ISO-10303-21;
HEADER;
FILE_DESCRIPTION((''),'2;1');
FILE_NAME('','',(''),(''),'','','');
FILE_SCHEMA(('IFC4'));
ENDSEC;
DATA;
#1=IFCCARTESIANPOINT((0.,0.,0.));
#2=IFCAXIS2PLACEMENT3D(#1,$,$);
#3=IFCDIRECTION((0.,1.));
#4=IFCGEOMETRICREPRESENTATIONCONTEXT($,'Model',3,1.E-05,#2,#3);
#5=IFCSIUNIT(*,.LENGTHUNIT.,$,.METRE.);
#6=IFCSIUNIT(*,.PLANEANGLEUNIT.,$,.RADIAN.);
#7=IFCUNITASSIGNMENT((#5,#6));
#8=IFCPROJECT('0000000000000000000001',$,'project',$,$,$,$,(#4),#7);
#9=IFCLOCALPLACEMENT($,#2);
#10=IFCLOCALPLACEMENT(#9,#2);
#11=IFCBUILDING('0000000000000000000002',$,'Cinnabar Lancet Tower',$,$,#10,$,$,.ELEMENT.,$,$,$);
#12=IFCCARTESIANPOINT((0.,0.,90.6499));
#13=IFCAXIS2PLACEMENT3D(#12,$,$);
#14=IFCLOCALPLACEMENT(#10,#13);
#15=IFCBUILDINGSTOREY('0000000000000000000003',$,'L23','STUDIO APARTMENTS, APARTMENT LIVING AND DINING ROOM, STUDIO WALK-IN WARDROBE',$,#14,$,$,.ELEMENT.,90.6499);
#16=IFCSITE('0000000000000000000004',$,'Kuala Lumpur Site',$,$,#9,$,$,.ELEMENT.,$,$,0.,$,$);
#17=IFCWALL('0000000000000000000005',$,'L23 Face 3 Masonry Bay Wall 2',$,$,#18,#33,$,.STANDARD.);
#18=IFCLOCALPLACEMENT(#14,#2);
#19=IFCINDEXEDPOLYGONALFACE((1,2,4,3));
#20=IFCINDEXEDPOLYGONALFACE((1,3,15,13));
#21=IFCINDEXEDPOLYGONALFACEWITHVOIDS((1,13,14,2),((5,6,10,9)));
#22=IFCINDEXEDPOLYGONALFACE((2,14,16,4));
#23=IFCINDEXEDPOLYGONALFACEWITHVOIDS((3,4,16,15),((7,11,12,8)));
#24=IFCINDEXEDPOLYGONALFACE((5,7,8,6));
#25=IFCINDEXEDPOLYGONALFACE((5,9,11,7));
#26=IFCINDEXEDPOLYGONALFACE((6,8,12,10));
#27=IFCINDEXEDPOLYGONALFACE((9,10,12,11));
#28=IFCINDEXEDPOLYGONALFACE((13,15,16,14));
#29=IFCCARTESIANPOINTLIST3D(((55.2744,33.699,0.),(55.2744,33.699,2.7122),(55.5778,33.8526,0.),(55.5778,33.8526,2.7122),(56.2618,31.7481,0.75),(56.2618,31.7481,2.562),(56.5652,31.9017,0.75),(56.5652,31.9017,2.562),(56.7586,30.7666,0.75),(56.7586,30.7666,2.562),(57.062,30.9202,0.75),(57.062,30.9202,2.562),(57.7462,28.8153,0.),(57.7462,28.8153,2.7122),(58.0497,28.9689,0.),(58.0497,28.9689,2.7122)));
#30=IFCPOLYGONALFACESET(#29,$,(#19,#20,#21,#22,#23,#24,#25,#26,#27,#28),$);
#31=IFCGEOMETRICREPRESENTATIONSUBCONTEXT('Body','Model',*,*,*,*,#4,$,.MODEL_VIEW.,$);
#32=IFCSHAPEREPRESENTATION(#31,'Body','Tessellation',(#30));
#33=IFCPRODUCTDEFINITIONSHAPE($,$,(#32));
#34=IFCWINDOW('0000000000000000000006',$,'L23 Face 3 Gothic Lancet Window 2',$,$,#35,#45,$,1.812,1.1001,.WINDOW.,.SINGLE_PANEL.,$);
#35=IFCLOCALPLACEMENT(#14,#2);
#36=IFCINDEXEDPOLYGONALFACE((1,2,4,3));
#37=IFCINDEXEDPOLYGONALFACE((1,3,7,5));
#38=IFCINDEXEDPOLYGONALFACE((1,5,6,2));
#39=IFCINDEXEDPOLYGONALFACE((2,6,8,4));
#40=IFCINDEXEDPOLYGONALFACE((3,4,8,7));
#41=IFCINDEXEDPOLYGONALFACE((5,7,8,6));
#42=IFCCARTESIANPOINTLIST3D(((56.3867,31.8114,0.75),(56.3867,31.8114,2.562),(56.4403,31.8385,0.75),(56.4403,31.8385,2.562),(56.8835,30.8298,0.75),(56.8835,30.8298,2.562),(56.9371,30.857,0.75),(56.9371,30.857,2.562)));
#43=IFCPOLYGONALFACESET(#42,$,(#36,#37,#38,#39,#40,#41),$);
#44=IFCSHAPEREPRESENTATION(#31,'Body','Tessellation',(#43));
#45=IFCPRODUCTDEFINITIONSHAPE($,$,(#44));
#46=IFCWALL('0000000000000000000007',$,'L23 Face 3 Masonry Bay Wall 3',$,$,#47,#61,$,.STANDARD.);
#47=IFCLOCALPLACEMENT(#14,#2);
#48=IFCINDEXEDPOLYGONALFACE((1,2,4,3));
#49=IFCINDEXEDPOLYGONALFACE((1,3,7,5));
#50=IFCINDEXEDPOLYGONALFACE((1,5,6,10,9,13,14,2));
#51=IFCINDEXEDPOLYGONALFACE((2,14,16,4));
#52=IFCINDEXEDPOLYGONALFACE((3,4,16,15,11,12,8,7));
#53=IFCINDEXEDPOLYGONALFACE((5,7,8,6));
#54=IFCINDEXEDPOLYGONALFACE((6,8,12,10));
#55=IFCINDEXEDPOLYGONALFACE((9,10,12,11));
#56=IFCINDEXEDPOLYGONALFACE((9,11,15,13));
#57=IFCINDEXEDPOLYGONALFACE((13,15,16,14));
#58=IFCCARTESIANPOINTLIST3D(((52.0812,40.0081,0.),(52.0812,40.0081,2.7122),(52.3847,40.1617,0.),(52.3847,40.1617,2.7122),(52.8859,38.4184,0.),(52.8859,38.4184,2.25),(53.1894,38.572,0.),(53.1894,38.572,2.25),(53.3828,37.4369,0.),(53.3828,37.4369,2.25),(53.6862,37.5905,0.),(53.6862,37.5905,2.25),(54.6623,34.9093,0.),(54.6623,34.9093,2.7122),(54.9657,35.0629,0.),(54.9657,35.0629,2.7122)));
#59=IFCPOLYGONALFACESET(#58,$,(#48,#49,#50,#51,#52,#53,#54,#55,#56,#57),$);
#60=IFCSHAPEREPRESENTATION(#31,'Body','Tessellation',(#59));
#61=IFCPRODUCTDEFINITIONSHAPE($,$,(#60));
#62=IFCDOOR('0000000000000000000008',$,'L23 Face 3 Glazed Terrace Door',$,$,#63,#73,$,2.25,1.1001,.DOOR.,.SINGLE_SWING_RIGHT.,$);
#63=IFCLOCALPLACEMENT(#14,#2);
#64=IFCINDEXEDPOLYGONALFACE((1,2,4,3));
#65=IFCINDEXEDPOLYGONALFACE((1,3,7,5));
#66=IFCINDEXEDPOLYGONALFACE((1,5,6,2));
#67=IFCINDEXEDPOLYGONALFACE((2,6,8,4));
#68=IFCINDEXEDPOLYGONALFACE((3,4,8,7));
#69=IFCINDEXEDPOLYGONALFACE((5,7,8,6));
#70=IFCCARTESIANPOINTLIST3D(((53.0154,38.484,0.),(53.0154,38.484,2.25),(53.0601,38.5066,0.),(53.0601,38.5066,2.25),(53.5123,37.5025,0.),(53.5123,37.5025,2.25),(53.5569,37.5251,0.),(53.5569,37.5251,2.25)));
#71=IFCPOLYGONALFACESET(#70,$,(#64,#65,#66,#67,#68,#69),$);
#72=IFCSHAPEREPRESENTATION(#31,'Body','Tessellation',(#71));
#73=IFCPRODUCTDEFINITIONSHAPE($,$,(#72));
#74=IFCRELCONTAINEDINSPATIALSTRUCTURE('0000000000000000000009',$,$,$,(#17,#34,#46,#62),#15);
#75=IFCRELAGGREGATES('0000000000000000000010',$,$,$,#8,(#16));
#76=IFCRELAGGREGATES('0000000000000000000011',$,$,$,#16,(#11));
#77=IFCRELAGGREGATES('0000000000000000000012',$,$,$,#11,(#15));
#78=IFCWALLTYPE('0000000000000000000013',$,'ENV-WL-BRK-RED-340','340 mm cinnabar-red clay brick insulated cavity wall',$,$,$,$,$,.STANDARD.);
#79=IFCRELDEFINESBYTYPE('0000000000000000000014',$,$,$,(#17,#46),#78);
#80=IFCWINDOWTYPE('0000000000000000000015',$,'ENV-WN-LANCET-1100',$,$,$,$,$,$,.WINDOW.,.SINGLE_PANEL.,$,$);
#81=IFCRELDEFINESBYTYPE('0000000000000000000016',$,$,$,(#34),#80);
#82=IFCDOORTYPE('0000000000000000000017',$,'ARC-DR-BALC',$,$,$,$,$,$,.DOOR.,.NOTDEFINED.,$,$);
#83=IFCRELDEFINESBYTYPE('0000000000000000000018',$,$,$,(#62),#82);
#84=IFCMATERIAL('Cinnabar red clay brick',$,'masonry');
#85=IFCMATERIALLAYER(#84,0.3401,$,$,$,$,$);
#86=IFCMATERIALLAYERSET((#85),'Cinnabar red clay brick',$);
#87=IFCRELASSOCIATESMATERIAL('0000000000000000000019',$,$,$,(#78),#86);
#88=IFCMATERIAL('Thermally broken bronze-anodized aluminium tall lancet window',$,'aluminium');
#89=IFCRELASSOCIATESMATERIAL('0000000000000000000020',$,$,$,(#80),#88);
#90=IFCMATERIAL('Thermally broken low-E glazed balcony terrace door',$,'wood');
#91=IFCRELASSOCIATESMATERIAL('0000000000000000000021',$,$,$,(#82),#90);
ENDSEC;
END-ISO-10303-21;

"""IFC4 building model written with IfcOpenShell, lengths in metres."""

from ifc_helpers import new_model, si_unit, direction, frame, frame_2d, origin, place, context, subcontext, project, spatial, rectangle, extrude, material, layer, layer_set, type_object, element, fill, save


model = new_model("IFC4")

# Units and contexts
model_context = context("Model", 3, precision=1e-05, world=origin(), true_north=direction((0.0, 1.0)))
body_context = subcontext(model_context, "Body", "Model", "MODEL_VIEW")
ifc_project = project(units=[si_unit("LENGTHUNIT", "METRE"), si_unit("PLANEANGLEUNIT", "RADIAN")], contexts=[model_context])

# Site, building, storey
site_placement = place(None, origin())
site = spatial("IfcSite", under=ifc_project, at=site_placement, Name="Kuala Lumpur Site", CompositionType="ELEMENT", RefElevation=0.0)
building_placement = place(site_placement, origin())
building = spatial("IfcBuilding", under=site, at=building_placement, Name="Cinnabar Lancet Tower", CompositionType="ELEMENT")
storey_placement = place(building_placement, frame((0.0, 0.0, 90.6499)))
storey = spatial("IfcBuildingStorey", under=building, at=storey_placement, Name="L23", Description="STUDIO APARTMENTS, APARTMENT LIVING AND DINING ROOM, STUDIO WALK-IN WARDROBE", CompositionType="ELEMENT", Elevation=90.6499)

# Shared definitions
ifc_material_1 = material(Name="Cinnabar red clay brick", Category="masonry")
ifc_layer_1 = layer(ifc_material_1, 0.3401)
ifc_layer_set_1 = layer_set([ifc_layer_1], Name="Cinnabar red clay brick")
wall_type_1 = type_object("IfcWallType", Name="ENV-WL-BRK-RED-340", Description="340 mm cinnabar-red clay brick insulated cavity wall", PredefinedType="STANDARD", material=ifc_layer_set_1)

# Wall, opening, window
wall_1_placement = place(storey_placement, frame((57.8979, 28.8921, 0.0), z_axis=(0.0, 0.0, 1.0), x_axis=(-0.451597, 0.892222, 0.0)))
wall_1 = element("IfcWall", 1, at=wall_1_placement, inside=storey, type_object=wall_type_1, Name="L23 Face 3 Masonry Bay Wall 2", PredefinedType="STANDARD", context=body_context, shape_type="SweptSolid", body=[
    extrude(rectangle(XDim=5.4736, YDim=0.3401, at=frame_2d((2.7368, 0.0))), origin(), (0.0, 0.0, 1.0), 2.7122),
])
opening_1_placement = place(wall_1_placement, frame((2.187, 0.0, 0.75)))
opening_1 = element("IfcOpeningElement", 2, at=opening_1_placement, cuts=wall_1, PredefinedType="OPENING", context=body_context, shape_type="SweptSolid", body=[
    extrude(rectangle(XDim=1.1001, YDim=1.812, at=frame_2d((0.55, 0.906))), frame((0.0, 0.1799, 0.0), z_axis=(0.0, -1.0, 0.0), x_axis=(1.0, 0.0, 0.0)), (0.0, 0.0, 1.0), 0.3601),
])
ifc_material_2 = material(Name="Thermally broken bronze-anodized aluminium tall lancet window", Category="aluminium")
window_type = type_object("IfcWindowType", Name="ENV-WN-LANCET-1100", PartitioningType="SINGLE_PANEL", PredefinedType="WINDOW", material=ifc_material_2)
window_placement = place(opening_1_placement, origin())
window = element("IfcWindow", 3, at=window_placement, inside=storey, type_object=window_type, Name="L23 Face 3 Gothic Lancet Window 2", OverallHeight=1.812, OverallWidth=1.1001, PartitioningType="SINGLE_PANEL", PredefinedType="WINDOW", context=body_context, shape_type="SweptSolid", body=[
    extrude(rectangle(XDim=1.1001, YDim=1.812, at=frame_2d((0.55, 0.906))), frame((0.0, 0.03, 0.0), z_axis=(0.0, -1.0, 0.0), x_axis=(1.0, 0.0, 0.0)), (0.0, 0.0, 1.0), 0.0601),
])
fill(opening_1, window)

# Wall, opening, door
wall_2_placement = place(storey_placement, frame((54.814, 34.9861, 0.0), z_axis=(0.0, 0.0, 1.0), x_axis=(-0.451634, 0.892203, 0.0)))
wall_2 = element("IfcWall", 4, at=wall_2_placement, inside=storey, type_object=wall_type_1, Name="L23 Face 3 Masonry Bay Wall 3", PredefinedType="STANDARD", context=body_context, shape_type="SweptSolid", body=[
    extrude(rectangle(XDim=5.7148, YDim=0.3401, at=frame_2d((2.8574, 0.0))), origin(), (0.0, 0.0, 1.0), 2.7122),
])
opening_2_placement = place(wall_2_placement, frame((2.833, 0.0, 0.0)))
opening_2 = element("IfcOpeningElement", 5, at=opening_2_placement, cuts=wall_2, PredefinedType="OPENING", context=body_context, shape_type="SweptSolid", body=[
    extrude(rectangle(XDim=1.1001, YDim=2.25, at=frame_2d((0.55, 1.125))), frame((0.0, 0.1799, 0.0), z_axis=(0.0, -1.0, 0.0), x_axis=(1.0, 0.0, 0.0)), (0.0, 0.0, 1.0), 0.3601),
])
ifc_material_3 = material(Name="Thermally broken low-E glazed balcony terrace door", Category="wood")
door_type = type_object("IfcDoorType", Name="ARC-DR-BALC", OperationType="NOTDEFINED", PredefinedType="DOOR", material=ifc_material_3)
door_placement = place(opening_2_placement, origin())
door = element("IfcDoor", 6, at=door_placement, inside=storey, type_object=door_type, Name="L23 Face 3 Glazed Terrace Door", OperationType="SINGLE_SWING_RIGHT", OverallHeight=2.25, OverallWidth=1.1001, PredefinedType="DOOR", context=body_context, shape_type="SweptSolid", body=[
    extrude(rectangle(XDim=1.1001, YDim=2.25, at=frame_2d((0.55, 1.125))), frame((0.0, 0.0249, 0.0), z_axis=(0.0, -1.0, 0.0), x_axis=(1.0, 0.0, 0.0)), (0.0, 0.0, 1.0), 0.05),
])
fill(opening_2, door)

save(model, "model.ifc")
